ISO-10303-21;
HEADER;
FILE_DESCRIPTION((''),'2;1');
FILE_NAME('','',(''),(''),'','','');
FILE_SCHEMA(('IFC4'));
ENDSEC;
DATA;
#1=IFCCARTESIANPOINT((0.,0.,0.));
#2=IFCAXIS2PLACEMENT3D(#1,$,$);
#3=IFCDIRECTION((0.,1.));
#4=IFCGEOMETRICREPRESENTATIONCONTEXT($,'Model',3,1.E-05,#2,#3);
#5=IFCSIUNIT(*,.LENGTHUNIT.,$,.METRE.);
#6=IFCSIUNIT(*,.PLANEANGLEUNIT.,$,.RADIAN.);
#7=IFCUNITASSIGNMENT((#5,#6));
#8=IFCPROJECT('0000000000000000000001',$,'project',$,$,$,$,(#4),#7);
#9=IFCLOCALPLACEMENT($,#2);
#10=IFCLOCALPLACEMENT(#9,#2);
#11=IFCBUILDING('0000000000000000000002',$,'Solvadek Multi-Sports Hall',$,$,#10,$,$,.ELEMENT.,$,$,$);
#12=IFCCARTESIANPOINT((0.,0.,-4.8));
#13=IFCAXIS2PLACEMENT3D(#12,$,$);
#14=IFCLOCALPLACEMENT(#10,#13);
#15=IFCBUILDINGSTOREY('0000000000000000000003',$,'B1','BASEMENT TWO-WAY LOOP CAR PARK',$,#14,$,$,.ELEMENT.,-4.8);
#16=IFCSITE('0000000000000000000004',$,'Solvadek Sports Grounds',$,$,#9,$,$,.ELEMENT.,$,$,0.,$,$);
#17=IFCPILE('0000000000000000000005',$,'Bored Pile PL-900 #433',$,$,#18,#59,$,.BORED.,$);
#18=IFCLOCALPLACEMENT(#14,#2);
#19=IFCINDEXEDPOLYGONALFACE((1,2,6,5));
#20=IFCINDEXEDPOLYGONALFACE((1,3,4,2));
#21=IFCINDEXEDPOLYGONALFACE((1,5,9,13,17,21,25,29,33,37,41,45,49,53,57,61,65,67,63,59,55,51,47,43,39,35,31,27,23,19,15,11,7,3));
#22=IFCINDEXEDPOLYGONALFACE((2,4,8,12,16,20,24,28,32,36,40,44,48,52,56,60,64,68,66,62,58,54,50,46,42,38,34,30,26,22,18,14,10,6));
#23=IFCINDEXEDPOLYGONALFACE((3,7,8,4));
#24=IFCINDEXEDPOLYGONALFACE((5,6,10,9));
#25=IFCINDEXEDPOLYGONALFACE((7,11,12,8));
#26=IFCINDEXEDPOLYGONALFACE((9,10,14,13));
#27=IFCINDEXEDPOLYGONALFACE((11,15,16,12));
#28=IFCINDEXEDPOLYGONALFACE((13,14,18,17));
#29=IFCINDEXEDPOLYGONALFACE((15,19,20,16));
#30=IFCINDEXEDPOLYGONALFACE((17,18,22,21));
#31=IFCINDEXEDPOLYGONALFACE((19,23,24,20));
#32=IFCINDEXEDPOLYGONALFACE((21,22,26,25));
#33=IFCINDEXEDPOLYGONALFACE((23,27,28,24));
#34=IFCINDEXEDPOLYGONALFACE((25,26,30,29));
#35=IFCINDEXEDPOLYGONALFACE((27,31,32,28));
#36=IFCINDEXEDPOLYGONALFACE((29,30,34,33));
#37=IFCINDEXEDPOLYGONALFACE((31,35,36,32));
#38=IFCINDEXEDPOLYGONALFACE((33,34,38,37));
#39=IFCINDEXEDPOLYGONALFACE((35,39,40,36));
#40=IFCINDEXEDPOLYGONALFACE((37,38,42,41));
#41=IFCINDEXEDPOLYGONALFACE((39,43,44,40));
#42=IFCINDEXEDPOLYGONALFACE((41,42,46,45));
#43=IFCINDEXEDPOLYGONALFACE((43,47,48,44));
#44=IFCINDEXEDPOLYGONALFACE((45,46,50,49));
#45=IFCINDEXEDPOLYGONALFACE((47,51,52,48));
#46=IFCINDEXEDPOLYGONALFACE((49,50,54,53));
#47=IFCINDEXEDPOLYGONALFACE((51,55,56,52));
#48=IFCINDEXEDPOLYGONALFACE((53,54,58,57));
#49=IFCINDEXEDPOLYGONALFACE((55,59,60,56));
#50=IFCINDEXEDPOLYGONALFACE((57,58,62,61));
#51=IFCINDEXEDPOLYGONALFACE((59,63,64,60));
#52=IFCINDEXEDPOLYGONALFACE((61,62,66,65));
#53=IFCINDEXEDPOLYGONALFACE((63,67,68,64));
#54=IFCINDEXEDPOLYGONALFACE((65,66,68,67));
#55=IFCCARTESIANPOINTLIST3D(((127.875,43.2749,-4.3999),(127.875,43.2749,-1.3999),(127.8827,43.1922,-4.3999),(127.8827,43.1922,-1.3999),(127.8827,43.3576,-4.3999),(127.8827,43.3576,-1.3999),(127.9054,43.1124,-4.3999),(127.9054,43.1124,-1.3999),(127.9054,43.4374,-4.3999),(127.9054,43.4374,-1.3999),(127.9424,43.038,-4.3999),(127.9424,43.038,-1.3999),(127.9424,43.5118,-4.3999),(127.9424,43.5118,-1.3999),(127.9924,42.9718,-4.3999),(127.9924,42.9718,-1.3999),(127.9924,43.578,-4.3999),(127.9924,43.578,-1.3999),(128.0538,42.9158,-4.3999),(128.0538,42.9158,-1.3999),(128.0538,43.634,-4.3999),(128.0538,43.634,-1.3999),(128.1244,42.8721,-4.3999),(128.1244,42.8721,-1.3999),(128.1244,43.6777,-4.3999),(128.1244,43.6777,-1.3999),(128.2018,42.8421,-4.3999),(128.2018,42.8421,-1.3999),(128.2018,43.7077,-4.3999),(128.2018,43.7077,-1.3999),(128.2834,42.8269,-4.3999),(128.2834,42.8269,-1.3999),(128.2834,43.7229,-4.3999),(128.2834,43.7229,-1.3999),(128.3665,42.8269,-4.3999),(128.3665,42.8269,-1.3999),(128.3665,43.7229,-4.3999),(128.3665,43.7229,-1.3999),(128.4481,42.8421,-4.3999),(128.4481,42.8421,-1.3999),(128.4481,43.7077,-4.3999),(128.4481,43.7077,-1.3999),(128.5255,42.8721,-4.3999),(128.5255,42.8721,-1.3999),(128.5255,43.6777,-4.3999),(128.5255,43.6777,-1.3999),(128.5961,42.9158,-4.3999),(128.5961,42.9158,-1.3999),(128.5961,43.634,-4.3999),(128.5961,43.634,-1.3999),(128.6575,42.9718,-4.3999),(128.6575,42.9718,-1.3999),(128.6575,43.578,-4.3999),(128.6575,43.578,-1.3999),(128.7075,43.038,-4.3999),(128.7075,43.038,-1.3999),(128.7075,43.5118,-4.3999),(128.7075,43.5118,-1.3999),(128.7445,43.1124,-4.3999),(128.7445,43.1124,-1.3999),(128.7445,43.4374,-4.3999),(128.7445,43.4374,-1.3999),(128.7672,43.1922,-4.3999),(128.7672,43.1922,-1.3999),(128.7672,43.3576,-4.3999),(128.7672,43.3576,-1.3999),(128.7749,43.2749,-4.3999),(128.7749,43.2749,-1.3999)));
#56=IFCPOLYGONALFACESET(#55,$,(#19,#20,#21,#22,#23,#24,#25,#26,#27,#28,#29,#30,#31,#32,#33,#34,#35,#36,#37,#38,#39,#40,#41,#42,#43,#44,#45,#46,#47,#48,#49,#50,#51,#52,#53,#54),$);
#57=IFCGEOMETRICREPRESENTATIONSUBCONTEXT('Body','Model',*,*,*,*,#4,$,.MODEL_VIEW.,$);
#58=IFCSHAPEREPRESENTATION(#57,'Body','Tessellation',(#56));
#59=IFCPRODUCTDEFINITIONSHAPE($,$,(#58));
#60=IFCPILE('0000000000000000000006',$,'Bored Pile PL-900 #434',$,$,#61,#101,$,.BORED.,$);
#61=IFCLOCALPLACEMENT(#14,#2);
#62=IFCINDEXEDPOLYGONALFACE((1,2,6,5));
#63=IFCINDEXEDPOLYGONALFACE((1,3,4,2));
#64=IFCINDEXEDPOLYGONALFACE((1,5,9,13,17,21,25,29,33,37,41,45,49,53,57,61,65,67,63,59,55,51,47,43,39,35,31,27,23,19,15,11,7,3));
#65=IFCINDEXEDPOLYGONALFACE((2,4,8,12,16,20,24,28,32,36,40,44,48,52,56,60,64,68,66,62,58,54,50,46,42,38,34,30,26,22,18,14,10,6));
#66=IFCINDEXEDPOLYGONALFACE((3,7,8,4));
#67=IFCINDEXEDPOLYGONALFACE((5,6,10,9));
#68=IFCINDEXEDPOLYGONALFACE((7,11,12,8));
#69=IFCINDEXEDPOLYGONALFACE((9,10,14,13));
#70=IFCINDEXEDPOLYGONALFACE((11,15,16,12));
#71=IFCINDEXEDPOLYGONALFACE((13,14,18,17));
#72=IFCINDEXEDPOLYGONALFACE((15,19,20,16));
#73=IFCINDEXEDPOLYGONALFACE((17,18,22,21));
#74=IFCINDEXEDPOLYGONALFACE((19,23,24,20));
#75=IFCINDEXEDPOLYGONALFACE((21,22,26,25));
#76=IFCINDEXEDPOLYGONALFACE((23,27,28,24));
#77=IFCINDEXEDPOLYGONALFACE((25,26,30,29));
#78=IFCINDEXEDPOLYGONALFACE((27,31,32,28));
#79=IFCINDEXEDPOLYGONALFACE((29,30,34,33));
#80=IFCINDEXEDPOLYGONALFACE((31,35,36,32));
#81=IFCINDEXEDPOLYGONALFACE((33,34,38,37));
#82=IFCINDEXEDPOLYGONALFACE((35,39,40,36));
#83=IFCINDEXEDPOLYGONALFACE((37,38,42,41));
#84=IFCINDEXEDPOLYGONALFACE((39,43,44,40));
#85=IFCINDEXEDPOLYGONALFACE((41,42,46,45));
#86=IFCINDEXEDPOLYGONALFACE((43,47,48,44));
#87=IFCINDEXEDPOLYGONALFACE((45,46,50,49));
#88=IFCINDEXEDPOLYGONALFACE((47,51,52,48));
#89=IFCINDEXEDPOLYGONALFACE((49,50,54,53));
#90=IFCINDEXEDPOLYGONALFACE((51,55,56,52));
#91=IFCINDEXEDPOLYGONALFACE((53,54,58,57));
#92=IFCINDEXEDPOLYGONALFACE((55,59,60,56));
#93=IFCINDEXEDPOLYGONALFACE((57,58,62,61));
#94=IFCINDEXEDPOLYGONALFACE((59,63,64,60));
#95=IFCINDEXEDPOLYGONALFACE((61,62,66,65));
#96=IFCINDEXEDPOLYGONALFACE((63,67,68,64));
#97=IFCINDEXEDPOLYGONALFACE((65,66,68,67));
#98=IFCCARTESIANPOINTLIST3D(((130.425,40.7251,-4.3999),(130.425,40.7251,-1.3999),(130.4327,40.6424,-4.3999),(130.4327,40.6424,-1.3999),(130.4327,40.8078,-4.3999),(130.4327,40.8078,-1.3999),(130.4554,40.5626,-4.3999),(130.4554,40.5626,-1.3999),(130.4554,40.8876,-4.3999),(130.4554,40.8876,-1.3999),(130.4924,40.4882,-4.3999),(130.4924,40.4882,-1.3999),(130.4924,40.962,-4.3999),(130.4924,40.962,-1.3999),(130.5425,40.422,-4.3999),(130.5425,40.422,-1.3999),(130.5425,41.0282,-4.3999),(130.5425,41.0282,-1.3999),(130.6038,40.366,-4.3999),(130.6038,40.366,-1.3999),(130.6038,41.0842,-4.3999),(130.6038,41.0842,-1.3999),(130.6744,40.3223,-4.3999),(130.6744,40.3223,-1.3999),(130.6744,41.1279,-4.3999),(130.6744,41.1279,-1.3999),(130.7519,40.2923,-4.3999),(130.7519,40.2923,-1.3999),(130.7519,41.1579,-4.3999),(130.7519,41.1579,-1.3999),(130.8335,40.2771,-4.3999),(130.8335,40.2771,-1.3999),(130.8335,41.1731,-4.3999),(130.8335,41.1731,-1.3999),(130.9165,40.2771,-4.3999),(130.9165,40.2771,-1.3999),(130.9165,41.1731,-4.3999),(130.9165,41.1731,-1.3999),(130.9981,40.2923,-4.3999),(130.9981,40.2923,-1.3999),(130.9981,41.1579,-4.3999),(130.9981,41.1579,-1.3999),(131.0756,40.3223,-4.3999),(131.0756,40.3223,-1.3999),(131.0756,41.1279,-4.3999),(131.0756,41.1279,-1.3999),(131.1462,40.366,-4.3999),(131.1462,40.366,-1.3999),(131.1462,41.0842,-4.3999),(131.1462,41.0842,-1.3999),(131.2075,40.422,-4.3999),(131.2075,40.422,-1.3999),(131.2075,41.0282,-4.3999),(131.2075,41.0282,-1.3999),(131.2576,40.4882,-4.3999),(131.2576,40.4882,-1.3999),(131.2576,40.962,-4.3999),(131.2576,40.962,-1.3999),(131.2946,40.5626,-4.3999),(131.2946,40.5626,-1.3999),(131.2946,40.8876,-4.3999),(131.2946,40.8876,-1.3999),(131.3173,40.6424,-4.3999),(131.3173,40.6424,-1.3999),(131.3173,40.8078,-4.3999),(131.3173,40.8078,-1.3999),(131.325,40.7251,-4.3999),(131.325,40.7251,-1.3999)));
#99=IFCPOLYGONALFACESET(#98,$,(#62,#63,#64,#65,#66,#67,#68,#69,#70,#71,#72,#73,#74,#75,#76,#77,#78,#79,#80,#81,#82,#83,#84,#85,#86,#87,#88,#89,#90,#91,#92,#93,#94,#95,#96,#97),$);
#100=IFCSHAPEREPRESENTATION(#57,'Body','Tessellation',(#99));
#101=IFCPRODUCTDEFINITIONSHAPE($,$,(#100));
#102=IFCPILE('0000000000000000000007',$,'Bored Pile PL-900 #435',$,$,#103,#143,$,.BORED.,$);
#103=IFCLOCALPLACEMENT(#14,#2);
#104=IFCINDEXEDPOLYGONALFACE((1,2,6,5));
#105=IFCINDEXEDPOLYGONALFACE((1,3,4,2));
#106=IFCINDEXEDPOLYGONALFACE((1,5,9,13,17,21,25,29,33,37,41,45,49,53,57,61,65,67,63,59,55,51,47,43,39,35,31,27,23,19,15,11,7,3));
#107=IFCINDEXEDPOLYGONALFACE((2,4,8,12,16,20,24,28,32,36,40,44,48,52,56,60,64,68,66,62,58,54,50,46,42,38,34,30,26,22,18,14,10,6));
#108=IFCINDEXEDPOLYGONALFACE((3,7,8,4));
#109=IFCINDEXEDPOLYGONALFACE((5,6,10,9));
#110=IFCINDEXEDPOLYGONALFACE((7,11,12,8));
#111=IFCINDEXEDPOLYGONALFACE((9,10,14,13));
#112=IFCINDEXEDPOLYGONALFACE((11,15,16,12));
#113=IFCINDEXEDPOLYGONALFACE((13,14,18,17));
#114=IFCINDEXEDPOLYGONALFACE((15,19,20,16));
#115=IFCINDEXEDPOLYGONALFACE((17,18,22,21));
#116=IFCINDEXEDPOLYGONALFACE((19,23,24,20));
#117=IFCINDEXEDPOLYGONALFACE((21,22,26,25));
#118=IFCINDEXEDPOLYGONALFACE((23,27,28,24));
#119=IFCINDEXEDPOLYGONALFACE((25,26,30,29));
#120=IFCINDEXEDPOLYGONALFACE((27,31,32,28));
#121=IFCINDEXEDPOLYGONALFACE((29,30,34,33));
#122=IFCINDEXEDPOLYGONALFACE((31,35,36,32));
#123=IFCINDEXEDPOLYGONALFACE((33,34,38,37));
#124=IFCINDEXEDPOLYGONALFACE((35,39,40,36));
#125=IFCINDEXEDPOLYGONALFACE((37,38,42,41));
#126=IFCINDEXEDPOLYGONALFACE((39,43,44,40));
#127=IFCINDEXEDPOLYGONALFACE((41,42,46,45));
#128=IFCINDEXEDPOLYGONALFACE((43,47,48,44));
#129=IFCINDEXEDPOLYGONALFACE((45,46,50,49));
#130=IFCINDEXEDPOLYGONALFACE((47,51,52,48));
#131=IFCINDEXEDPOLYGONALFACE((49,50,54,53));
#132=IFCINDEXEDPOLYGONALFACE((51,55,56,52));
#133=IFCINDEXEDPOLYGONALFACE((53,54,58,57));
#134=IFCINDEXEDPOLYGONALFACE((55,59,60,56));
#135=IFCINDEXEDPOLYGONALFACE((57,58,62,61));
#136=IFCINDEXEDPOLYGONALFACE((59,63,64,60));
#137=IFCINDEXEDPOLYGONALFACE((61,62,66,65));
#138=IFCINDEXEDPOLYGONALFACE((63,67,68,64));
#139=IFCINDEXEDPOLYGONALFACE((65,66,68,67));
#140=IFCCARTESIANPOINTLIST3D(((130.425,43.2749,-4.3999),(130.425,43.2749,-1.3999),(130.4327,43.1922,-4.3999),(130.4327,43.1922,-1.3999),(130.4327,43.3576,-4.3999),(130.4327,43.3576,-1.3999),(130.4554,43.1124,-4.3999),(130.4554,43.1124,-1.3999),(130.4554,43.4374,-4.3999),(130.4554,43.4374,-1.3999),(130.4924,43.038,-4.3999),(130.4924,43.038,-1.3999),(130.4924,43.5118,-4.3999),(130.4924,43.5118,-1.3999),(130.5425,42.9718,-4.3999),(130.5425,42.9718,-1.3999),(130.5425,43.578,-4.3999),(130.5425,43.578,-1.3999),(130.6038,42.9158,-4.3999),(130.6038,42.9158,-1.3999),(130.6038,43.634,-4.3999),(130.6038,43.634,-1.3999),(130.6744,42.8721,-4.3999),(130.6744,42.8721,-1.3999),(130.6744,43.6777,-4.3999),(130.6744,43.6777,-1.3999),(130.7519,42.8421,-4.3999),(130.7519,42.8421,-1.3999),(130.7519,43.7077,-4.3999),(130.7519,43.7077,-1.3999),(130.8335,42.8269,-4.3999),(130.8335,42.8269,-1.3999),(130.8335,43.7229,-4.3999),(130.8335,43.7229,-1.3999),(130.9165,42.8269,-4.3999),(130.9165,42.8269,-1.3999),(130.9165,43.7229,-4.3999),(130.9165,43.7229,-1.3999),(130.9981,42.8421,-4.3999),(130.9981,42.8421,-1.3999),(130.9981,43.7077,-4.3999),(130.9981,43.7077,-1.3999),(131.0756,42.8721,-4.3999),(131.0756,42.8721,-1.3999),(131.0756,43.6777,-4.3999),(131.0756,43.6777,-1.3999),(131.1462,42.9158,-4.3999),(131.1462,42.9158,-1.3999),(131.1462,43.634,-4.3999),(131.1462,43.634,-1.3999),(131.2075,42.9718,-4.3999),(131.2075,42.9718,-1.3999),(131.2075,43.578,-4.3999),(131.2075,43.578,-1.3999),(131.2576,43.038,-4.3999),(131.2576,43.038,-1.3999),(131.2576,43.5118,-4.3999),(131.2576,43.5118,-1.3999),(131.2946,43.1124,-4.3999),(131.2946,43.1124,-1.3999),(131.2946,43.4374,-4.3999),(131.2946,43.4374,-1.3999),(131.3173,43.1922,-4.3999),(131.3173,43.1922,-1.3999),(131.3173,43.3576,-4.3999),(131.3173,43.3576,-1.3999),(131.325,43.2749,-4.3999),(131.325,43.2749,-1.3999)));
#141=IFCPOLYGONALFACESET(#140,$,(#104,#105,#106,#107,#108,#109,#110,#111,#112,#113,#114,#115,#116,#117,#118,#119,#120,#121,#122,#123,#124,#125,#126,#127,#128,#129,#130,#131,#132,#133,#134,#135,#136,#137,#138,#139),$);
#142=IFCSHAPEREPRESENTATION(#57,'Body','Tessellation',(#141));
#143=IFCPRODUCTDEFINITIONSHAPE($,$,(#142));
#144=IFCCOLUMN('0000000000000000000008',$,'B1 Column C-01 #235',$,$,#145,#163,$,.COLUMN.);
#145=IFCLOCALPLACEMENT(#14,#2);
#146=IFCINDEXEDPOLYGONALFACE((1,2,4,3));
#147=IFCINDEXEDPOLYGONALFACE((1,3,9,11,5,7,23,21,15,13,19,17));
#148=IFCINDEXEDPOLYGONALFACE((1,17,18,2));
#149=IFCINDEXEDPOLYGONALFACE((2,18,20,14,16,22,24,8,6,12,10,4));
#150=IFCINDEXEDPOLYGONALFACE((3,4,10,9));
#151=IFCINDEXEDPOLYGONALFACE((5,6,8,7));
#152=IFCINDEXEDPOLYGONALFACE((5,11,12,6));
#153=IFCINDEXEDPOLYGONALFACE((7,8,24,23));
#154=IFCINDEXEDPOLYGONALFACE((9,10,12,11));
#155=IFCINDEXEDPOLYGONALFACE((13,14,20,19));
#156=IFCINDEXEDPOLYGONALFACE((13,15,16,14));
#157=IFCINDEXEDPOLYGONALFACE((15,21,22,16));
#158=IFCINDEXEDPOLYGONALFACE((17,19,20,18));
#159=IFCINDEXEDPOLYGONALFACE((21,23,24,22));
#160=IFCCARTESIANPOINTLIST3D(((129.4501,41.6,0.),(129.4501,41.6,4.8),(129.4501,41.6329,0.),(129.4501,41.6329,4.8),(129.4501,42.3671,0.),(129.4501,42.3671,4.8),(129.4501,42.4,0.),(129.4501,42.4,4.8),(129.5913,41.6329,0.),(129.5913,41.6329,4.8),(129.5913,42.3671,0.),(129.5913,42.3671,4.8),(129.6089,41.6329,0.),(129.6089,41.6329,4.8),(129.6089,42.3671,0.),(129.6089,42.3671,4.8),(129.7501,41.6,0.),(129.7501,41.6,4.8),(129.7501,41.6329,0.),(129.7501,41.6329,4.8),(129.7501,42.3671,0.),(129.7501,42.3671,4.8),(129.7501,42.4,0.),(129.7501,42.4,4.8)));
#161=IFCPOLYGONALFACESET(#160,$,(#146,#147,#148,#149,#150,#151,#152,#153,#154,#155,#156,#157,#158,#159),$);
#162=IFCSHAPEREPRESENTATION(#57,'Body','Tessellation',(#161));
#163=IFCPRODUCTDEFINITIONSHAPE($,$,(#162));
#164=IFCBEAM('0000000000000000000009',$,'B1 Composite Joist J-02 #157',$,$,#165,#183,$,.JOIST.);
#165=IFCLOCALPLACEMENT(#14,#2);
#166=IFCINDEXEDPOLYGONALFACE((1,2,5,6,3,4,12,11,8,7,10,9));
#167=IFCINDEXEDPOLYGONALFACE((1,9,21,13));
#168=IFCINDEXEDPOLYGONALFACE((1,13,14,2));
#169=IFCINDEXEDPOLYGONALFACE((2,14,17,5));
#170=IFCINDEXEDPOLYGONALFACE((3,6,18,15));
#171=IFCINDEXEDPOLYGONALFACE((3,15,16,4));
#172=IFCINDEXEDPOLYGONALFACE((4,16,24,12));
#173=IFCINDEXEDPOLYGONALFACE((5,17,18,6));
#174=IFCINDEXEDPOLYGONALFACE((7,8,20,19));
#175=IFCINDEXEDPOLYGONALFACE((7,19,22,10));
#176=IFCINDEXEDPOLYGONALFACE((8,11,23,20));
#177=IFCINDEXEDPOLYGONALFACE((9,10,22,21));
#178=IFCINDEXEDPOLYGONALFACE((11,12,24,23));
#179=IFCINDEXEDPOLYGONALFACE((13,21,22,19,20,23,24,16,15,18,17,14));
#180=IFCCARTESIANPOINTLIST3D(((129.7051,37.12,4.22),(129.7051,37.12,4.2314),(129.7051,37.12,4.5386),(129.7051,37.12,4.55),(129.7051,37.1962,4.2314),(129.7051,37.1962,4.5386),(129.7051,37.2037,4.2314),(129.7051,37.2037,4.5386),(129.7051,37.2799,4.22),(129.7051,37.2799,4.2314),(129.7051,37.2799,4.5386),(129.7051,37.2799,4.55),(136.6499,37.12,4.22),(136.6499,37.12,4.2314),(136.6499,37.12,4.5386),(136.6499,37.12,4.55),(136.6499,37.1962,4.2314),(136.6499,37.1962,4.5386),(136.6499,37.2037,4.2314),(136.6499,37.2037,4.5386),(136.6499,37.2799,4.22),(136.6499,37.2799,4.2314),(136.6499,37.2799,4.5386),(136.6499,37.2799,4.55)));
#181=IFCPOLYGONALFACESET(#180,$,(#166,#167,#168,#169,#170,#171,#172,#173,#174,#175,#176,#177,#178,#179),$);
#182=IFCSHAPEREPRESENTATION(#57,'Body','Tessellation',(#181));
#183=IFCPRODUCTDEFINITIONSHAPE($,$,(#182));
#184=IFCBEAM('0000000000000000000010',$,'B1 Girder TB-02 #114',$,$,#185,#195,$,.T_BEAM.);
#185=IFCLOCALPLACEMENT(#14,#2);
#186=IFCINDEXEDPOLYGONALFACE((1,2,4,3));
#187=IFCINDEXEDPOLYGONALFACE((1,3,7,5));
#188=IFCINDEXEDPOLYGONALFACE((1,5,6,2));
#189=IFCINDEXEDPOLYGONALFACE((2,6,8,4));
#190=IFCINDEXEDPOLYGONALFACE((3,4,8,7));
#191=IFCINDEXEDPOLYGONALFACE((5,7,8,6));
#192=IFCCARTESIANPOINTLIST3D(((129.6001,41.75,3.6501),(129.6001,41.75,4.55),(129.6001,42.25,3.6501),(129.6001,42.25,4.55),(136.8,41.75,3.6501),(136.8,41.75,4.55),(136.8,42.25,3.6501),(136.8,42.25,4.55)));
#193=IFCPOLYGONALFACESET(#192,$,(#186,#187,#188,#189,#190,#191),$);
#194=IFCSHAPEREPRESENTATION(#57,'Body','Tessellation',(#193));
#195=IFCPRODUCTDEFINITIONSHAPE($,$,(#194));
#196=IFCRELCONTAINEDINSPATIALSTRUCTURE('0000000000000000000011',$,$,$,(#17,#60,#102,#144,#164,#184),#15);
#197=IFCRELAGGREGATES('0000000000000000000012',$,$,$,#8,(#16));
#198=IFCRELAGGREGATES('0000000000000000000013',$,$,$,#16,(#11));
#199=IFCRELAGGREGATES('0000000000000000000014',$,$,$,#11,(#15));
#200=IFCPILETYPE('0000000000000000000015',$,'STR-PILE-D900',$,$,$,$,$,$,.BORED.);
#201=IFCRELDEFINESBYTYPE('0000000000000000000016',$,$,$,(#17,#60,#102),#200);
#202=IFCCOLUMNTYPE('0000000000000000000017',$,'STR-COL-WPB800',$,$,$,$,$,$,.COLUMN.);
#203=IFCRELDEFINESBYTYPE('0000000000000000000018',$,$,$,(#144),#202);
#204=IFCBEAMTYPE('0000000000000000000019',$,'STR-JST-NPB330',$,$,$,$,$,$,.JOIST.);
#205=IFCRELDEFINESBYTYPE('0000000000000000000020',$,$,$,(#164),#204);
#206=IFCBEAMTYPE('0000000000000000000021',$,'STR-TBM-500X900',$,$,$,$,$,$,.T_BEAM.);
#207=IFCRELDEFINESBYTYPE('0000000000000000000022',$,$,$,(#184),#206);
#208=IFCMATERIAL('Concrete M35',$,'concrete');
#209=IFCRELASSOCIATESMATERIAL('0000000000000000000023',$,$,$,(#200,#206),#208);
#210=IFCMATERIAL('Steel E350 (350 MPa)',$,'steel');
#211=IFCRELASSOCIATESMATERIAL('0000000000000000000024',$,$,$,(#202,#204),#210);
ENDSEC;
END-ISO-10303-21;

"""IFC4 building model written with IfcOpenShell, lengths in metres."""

from ifc_helpers import new_model, si_unit, direction, frame, origin, origin_2d, place, context, subcontext, project, spatial, rectangle, circle, i_section, extrude, material, material_profile, profile_set, type_object, element, save


model = new_model("IFC4")

# Units and contexts
model_context = context("Model", 3, precision=1e-05, world=origin(), true_north=direction((0.0, 1.0)))
body_context = subcontext(model_context, "Body", "Model", "MODEL_VIEW")
ifc_project = project(units=[si_unit("LENGTHUNIT", "METRE"), si_unit("PLANEANGLEUNIT", "RADIAN")], contexts=[model_context])

# Site, building, storey
site_placement = place(None, origin())
site = spatial("IfcSite", under=ifc_project, at=site_placement, Name="Solvadek Sports Grounds", CompositionType="ELEMENT", RefElevation=0.0)
building_placement = place(site_placement, origin())
building = spatial("IfcBuilding", under=site, at=building_placement, Name="Solvadek Multi-Sports Hall", CompositionType="ELEMENT")
storey_placement = place(building_placement, frame((0.0, 0.0, -4.8)))
storey = spatial("IfcBuildingStorey", under=building, at=storey_placement, Name="B1", Description="BASEMENT TWO-WAY LOOP CAR PARK", CompositionType="ELEMENT", Elevation=-4.8)

# Piles
ifc_material_1 = material(Name="Concrete M35", Category="concrete")
ifc_material_profile_1 = material_profile(ifc_material_1, circle(Radius=0.45, at=origin_2d()), Name="BORED PILE D900")
ifc_profile_set_1 = profile_set([ifc_material_profile_1], Name="Concrete M35")
pile_type_1 = type_object("IfcPileType", Name="STR-PILE-D900", PredefinedType="BORED", material=ifc_profile_set_1)
for number, where, z_axis, x_axis, name in (
    (1, (128.325, 43.2749, -1.3999), (0.0, 0.0, -1.0), (1.0, 0.0, 0.0), "Bored Pile PL-900 #433"),
    (2, (130.875, 40.7251, -1.3999), (0.0, 0.0, -1.0), (1.0, 0.0, 0.0), "Bored Pile PL-900 #434"),
    (3, (130.875, 43.2749, -1.3999), (0.0, 0.0, -1.0), (1.0, 0.0, 0.0), "Bored Pile PL-900 #435"),
):
    element("IfcPile", number, at=place(storey_placement, frame(where, z_axis=z_axis, x_axis=x_axis)), inside=storey, type_object=pile_type_1, Name=name, PredefinedType="BORED", context=body_context, shape_type="SweptSolid", body=[
        extrude(circle(Radius=0.45, at=origin_2d()), origin(), (0.0, 0.0, 1.0), 3.0),
    ])

# Column
ifc_material_2 = material(Name="Steel E350 (350 MPa)", Category="steel")
ifc_material_profile_2 = material_profile(ifc_material_2, i_section(OverallWidth=0.3, OverallDepth=0.8, WebThickness=0.0176, FlangeThickness=0.033, at=origin_2d()), Name="WPB 800")
ifc_profile_set_2 = profile_set([ifc_material_profile_2], Name="Steel E350 (350 MPa)")
column_type = type_object("IfcColumnType", Name="STR-COL-WPB800", PredefinedType="COLUMN", material=ifc_profile_set_2)
column_placement = place(storey_placement, frame((129.6001, 42.0, 0.0), z_axis=(0.0, 0.0, 1.0), x_axis=(1.0, 0.0, 0.0)))
element("IfcColumn", 4, at=column_placement, inside=storey, type_object=column_type, Name="B1 Column C-01 #235", PredefinedType="COLUMN", context=body_context, shape_type="SweptSolid", body=[
    extrude(i_section(OverallWidth=0.3, OverallDepth=0.8, WebThickness=0.0176, FlangeThickness=0.033, at=origin_2d()), origin(), (0.0, 0.0, 1.0), 4.8),
])

# Beams
ifc_material_profile_3 = material_profile(ifc_material_2, i_section(OverallWidth=0.1599, OverallDepth=0.3301, WebThickness=0.0076, FlangeThickness=0.0115, at=origin_2d()), Name="NPB 330")
ifc_profile_set_3 = profile_set([ifc_material_profile_3], Name="Steel E350 (350 MPa)")
beam_type_1 = type_object("IfcBeamType", Name="STR-JST-NPB330", PredefinedType="JOIST", material=ifc_profile_set_3)
beam_1_placement = place(storey_placement, frame((129.7051, 37.2, 4.385), z_axis=(1.0, 0.0, 0.0), x_axis=(0.0, 1.0, 0.0)))
element("IfcBeam", 5, at=beam_1_placement, inside=storey, type_object=beam_type_1, Name="B1 Composite Joist J-02 #157", PredefinedType="JOIST", context=body_context, shape_type="SweptSolid", body=[
    extrude(i_section(OverallWidth=0.1599, OverallDepth=0.3301, WebThickness=0.0076, FlangeThickness=0.0115, at=origin_2d()), origin(), (0.0, 0.0, 1.0), 6.9448),
])
ifc_material_profile_4 = material_profile(ifc_material_1, rectangle(XDim=0.5, YDim=0.8999, at=origin_2d()), Name="RC T-BEAM 500x900")
ifc_profile_set_4 = profile_set([ifc_material_profile_4], Name="Concrete M35")
beam_type_2 = type_object("IfcBeamType", Name="STR-TBM-500X900", PredefinedType="T_BEAM", material=ifc_profile_set_4)
beam_2_placement = place(storey_placement, frame((129.6001, 42.0, 4.1001), z_axis=(1.0, 0.0, 0.0), x_axis=(0.0, 1.0, 0.0)))
element("IfcBeam", 6, at=beam_2_placement, inside=storey, type_object=beam_type_2, Name="B1 Girder TB-02 #114", PredefinedType="T_BEAM", context=body_context, shape_type="SweptSolid", body=[
    extrude(rectangle(XDim=0.5, YDim=0.8999, at=origin_2d()), origin(), (0.0, 0.0, 1.0), 7.2),
])

save(model, "model.ifc")
